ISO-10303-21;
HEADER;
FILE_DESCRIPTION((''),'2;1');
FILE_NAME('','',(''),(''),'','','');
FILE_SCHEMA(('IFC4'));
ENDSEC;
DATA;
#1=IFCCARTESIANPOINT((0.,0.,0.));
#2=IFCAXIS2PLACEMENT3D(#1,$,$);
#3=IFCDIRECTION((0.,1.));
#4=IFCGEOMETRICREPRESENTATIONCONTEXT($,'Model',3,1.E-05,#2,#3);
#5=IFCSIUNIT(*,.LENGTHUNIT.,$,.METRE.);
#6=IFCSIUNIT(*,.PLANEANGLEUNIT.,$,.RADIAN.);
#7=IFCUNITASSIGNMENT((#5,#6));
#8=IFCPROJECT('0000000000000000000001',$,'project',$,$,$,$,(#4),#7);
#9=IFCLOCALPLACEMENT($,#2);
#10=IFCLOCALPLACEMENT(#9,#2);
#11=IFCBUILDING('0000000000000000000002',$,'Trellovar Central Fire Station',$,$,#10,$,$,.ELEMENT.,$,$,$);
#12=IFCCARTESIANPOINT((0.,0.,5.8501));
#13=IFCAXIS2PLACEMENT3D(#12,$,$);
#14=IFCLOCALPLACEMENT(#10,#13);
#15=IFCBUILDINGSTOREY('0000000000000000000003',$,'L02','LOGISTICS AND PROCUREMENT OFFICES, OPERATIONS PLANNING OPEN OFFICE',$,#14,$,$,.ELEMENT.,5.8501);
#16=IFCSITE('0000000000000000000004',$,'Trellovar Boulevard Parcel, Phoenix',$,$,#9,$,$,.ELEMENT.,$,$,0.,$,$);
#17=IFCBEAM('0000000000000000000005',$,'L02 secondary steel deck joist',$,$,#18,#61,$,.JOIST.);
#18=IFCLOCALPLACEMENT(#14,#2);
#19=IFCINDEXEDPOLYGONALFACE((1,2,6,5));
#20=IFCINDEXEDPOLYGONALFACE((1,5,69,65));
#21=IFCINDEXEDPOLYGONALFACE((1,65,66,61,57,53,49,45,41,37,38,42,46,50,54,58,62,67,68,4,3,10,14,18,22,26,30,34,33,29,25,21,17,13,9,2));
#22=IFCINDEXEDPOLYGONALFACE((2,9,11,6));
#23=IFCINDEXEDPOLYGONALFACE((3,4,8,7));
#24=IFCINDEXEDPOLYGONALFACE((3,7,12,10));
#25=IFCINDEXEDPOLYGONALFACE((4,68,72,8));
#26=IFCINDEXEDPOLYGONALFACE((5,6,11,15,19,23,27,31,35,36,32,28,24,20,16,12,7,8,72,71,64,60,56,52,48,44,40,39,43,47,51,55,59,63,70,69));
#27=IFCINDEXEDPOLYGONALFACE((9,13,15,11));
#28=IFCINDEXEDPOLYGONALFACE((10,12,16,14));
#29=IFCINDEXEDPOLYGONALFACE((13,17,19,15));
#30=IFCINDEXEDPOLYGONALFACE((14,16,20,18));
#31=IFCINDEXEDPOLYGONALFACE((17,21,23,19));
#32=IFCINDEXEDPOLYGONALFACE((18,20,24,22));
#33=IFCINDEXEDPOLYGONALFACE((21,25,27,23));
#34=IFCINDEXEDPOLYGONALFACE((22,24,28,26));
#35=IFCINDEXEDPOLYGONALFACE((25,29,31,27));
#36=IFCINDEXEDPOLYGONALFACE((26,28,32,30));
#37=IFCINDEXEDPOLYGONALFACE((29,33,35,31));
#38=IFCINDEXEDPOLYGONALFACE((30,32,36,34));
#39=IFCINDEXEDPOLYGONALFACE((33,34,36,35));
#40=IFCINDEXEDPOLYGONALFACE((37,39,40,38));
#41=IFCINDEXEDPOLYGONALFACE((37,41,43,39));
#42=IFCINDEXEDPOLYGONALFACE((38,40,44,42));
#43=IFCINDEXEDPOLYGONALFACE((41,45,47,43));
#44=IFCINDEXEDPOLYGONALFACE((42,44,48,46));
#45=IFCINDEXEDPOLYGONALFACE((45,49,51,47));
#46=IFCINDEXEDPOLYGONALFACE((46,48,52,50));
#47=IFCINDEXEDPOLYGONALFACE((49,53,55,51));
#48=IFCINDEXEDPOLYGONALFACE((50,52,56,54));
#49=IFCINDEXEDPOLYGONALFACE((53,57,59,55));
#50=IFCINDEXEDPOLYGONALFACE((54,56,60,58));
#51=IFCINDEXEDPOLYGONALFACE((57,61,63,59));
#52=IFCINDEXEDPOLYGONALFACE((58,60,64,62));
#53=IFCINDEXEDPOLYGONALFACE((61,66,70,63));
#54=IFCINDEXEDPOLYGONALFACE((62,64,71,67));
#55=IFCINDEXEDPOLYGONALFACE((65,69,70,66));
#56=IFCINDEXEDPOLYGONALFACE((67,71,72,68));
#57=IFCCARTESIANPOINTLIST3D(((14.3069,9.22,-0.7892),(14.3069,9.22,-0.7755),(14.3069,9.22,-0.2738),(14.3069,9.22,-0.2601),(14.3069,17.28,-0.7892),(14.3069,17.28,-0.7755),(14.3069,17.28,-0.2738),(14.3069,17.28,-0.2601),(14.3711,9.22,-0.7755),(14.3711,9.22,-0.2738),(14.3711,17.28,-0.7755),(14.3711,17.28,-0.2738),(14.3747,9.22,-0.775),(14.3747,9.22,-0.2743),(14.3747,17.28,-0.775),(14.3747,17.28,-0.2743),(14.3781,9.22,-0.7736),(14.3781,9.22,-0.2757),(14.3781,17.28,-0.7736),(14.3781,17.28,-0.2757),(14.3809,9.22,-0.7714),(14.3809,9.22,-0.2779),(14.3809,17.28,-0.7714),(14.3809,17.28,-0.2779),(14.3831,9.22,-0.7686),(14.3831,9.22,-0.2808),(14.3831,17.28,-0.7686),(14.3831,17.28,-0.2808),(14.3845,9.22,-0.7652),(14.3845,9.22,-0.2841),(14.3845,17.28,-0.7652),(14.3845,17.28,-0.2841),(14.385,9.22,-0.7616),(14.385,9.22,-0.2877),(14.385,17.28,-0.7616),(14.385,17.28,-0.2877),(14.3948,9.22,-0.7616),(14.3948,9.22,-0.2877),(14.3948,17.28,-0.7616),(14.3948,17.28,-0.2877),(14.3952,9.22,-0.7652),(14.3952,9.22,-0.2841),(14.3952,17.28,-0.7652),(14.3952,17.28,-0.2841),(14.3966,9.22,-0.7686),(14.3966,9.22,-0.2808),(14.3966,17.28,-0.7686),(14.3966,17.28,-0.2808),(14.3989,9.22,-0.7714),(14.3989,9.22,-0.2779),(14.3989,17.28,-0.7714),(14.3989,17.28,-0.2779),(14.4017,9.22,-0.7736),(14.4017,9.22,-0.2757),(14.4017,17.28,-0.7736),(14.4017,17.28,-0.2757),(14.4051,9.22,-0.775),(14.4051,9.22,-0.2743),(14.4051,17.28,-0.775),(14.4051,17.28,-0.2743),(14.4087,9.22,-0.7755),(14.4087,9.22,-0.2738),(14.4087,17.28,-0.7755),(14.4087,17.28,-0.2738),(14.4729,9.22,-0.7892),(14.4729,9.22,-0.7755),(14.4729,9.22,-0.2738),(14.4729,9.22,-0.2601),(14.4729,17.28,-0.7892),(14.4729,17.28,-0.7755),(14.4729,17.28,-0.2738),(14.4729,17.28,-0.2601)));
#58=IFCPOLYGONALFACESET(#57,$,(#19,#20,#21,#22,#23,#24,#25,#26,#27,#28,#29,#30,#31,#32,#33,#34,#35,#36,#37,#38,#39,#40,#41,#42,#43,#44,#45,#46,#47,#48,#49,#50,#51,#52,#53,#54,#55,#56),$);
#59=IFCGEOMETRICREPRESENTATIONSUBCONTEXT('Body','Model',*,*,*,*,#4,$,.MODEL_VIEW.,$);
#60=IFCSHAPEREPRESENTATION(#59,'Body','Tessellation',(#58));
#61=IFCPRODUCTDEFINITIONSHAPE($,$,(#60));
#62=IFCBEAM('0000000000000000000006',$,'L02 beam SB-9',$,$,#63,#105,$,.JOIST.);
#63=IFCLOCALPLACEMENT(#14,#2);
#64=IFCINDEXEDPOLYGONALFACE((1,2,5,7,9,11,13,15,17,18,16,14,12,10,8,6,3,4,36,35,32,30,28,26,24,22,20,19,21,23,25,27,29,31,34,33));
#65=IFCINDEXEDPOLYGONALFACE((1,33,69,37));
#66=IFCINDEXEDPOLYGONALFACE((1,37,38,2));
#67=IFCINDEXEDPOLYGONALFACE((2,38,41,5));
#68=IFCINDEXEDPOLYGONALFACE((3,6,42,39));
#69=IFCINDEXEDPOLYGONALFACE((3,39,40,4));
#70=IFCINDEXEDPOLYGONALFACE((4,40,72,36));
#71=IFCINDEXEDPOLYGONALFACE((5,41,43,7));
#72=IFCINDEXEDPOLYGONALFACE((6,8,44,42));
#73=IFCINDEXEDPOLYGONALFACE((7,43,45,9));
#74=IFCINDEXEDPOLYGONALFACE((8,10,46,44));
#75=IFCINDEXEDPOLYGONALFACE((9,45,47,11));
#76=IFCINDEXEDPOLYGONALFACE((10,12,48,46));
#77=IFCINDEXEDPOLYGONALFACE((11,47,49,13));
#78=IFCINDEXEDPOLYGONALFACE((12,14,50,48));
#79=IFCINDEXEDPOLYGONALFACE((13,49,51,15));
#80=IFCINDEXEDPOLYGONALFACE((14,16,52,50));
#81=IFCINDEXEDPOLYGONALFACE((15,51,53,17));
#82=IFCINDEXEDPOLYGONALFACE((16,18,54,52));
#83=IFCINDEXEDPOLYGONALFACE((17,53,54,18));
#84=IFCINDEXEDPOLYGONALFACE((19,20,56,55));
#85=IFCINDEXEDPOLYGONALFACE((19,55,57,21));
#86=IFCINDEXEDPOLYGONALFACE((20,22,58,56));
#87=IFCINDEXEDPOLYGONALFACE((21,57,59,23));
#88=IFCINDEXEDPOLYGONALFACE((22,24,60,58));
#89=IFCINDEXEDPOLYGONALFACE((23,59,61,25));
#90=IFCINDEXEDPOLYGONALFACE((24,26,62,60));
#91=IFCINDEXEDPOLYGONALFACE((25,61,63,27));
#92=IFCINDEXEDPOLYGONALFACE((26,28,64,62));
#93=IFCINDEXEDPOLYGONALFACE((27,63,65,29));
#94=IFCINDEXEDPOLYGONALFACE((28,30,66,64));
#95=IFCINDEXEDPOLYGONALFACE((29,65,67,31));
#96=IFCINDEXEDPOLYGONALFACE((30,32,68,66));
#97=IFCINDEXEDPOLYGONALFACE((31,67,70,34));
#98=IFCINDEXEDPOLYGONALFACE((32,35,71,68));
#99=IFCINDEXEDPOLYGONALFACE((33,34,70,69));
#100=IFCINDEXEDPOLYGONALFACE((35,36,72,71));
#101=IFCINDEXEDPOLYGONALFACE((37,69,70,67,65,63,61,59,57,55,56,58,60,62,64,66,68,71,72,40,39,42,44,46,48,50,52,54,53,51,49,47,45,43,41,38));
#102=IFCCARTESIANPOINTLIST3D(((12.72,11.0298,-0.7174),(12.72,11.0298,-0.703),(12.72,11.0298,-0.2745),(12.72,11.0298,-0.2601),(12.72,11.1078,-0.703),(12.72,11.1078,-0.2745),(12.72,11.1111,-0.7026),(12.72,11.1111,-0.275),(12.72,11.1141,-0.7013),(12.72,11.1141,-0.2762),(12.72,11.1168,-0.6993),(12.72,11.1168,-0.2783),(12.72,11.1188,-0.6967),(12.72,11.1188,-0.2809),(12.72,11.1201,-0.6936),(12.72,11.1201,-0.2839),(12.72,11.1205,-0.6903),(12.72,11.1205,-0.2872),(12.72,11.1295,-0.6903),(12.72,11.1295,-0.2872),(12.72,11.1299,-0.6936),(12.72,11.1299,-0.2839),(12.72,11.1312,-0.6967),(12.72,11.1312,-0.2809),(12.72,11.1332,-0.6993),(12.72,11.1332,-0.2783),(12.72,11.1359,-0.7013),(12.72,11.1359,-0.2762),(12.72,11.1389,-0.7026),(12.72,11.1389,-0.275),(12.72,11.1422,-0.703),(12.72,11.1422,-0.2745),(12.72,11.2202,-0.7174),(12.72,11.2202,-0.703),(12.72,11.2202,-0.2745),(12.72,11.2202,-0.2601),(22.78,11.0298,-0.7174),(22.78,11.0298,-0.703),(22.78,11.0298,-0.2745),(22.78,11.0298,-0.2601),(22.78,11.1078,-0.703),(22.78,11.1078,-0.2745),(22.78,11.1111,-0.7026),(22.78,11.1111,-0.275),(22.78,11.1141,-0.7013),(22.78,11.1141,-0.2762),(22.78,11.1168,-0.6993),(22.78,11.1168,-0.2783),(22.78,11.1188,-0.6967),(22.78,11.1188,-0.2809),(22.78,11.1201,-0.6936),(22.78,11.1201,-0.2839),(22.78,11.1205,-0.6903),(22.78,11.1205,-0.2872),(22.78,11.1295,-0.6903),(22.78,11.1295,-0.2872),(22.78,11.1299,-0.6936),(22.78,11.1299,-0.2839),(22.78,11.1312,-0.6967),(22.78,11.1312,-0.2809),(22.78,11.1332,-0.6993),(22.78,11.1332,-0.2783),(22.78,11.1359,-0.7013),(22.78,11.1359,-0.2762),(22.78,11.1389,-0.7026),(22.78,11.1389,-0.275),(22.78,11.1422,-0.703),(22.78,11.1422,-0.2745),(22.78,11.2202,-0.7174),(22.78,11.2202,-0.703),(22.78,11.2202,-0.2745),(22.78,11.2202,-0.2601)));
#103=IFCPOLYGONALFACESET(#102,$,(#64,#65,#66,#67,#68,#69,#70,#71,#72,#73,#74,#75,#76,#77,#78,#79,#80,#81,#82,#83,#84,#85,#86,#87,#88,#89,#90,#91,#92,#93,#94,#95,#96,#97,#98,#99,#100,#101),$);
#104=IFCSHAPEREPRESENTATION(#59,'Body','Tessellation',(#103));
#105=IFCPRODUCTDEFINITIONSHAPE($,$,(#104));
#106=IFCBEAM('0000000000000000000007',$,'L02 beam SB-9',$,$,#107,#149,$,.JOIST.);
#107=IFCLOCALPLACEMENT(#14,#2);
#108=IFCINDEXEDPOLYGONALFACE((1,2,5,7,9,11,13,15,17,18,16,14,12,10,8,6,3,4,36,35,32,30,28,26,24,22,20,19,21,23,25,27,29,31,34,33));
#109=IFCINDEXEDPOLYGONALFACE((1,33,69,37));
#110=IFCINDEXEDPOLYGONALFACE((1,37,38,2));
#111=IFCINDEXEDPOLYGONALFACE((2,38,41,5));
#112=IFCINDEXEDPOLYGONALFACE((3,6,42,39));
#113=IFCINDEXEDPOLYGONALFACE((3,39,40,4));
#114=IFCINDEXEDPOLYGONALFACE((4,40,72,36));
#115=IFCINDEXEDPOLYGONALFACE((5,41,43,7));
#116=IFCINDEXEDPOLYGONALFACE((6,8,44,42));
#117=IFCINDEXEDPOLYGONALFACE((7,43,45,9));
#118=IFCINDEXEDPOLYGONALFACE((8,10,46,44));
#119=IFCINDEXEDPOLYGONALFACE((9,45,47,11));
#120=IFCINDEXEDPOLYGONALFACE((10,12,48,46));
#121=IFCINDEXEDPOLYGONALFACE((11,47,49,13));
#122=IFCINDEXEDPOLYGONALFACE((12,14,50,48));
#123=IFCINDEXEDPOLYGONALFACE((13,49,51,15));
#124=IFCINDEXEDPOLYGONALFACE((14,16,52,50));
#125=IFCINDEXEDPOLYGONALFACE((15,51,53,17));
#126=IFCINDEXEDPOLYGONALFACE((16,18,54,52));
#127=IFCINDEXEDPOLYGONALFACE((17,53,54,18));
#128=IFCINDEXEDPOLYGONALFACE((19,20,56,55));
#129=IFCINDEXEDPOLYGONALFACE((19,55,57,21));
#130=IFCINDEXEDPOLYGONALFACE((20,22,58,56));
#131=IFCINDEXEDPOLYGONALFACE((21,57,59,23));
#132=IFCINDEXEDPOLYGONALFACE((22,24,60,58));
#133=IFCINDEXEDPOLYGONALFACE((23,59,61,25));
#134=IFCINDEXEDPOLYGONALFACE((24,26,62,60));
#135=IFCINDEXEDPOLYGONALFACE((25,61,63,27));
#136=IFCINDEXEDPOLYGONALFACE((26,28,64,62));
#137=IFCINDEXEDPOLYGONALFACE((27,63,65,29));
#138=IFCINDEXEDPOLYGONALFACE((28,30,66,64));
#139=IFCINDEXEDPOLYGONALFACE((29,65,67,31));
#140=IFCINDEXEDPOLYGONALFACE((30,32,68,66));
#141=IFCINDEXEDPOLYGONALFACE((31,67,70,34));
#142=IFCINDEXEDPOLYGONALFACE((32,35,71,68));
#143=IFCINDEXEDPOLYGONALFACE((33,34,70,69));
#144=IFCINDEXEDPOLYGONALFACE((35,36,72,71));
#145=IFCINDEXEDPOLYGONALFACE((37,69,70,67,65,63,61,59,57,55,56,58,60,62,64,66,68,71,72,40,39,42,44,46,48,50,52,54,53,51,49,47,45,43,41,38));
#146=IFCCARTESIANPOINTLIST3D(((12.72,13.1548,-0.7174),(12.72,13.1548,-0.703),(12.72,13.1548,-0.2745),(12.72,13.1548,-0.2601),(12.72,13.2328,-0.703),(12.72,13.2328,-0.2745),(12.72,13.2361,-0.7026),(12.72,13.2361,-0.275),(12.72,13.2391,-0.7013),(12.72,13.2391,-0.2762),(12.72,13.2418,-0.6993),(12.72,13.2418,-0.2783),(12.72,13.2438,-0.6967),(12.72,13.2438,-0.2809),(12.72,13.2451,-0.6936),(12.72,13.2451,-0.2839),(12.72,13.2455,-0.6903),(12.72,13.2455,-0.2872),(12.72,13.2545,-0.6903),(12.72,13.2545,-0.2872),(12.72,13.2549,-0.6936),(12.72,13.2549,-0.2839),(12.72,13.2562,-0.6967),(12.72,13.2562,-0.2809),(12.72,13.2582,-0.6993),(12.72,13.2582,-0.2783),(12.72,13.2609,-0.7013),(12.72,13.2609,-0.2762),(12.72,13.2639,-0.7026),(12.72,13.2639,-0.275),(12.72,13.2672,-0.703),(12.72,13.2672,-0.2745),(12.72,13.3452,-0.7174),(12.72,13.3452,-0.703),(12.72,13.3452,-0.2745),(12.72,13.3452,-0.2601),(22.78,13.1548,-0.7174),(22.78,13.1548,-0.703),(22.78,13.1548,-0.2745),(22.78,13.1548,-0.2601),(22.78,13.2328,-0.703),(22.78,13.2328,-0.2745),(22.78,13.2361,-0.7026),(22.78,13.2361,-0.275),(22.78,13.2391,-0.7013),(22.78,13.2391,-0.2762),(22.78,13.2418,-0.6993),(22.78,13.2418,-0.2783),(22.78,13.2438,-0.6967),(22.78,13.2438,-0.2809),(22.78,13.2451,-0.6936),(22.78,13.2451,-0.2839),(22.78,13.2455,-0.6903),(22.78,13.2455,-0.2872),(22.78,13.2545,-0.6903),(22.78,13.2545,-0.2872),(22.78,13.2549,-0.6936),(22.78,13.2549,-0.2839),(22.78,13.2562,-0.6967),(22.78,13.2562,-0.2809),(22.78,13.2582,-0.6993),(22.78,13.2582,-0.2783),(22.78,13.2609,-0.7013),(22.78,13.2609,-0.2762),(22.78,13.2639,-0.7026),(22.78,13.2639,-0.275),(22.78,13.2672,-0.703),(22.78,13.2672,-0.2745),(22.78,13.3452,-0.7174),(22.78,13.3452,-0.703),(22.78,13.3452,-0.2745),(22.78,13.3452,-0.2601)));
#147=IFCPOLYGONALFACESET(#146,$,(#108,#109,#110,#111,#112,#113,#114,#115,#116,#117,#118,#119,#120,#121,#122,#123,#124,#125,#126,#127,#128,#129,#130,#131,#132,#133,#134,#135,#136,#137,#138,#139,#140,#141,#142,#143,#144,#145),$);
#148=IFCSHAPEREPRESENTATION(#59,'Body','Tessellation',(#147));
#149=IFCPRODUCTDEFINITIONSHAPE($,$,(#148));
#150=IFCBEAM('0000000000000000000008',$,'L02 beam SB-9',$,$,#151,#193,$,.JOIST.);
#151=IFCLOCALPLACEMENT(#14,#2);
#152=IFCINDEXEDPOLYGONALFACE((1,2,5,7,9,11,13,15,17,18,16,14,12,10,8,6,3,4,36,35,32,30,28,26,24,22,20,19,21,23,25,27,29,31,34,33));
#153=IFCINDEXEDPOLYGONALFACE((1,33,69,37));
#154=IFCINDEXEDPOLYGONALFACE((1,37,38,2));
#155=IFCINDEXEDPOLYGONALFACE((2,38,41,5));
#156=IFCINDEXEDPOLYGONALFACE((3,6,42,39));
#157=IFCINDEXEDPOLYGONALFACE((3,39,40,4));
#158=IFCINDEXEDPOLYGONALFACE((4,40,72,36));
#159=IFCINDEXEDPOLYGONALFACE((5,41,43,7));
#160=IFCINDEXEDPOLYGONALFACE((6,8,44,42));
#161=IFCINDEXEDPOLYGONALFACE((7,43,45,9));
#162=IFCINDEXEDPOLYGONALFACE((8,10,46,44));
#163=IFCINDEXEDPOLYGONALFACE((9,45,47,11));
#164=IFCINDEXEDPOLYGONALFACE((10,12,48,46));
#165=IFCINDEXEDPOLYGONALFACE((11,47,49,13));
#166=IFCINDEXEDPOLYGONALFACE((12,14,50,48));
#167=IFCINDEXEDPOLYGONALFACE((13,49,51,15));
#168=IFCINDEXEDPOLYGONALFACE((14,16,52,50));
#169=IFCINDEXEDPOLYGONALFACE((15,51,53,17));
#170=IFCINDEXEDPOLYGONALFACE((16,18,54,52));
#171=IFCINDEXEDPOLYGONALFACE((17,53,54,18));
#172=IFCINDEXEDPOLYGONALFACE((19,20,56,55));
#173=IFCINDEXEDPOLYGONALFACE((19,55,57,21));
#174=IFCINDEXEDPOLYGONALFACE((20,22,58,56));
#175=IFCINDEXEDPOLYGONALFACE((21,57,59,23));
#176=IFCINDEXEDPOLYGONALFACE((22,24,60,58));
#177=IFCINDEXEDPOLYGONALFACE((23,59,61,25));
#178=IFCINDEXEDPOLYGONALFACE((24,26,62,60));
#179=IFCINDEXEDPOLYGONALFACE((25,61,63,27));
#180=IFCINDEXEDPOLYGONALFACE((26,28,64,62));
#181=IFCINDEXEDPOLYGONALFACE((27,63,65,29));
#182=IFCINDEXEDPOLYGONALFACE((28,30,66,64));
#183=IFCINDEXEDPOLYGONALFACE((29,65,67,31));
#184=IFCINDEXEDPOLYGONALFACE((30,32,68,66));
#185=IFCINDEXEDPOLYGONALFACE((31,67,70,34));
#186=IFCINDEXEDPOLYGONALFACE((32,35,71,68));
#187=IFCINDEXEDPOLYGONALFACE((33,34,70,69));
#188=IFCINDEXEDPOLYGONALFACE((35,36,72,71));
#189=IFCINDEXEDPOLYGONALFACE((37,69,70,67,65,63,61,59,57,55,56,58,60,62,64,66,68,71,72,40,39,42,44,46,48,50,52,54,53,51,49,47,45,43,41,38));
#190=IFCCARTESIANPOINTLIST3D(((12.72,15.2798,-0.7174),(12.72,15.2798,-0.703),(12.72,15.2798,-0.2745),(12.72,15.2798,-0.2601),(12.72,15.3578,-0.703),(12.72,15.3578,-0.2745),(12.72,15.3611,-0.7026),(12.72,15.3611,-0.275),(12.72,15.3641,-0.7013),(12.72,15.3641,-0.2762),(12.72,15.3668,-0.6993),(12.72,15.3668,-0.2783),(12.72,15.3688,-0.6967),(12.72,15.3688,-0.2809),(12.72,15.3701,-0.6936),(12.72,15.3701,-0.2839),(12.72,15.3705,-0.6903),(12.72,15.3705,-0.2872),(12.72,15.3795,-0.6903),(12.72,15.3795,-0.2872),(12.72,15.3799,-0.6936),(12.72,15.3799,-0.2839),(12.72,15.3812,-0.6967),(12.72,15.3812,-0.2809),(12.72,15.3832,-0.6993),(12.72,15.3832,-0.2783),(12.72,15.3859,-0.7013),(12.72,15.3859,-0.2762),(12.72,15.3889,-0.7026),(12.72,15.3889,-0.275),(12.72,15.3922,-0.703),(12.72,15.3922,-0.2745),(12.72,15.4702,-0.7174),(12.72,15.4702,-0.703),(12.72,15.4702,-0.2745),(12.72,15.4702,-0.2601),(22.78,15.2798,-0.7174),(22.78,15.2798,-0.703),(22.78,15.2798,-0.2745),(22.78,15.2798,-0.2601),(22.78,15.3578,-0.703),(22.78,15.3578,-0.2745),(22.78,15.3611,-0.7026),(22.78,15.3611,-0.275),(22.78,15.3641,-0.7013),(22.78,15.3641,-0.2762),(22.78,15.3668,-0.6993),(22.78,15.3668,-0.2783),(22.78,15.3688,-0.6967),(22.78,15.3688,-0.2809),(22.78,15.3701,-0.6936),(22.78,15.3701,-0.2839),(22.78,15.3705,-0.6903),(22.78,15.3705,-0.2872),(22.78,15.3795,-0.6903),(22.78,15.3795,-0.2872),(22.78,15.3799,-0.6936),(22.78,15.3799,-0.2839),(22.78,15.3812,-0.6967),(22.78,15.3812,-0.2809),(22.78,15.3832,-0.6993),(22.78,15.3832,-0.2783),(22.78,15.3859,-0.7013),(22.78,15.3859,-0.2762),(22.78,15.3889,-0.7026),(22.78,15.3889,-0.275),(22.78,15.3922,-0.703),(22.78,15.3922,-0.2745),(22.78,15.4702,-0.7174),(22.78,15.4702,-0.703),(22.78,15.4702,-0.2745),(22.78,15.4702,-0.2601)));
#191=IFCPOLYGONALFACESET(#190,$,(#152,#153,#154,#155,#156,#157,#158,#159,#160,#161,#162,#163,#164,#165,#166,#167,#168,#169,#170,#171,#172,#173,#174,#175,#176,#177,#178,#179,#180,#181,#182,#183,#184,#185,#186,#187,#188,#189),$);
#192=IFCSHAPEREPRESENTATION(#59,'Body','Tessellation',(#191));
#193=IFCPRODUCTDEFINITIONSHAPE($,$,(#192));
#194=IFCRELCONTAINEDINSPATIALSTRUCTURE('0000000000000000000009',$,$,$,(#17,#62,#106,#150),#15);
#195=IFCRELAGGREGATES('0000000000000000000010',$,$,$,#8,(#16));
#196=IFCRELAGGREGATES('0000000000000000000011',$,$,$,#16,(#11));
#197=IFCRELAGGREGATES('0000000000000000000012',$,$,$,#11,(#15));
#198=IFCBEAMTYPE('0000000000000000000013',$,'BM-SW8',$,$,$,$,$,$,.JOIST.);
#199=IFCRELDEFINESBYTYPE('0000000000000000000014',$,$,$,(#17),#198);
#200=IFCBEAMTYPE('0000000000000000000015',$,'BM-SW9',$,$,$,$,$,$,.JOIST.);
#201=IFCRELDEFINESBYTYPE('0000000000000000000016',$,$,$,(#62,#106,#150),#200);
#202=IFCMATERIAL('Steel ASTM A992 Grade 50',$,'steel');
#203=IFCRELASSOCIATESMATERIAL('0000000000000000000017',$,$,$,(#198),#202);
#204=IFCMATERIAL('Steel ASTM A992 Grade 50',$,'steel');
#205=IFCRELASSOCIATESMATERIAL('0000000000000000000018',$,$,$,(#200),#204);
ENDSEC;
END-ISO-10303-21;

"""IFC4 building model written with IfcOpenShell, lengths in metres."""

from ifc_helpers import new_model, si_unit, direction, frame, origin, origin_2d, place, context, subcontext, project, spatial, i_section, extrude, material, material_profile, profile_set, type_object, element, save


model = new_model("IFC4")

# Units and contexts
model_context = context("Model", 3, precision=1e-05, world=origin(), true_north=direction((0.0, 1.0)))
body_context = subcontext(model_context, "Body", "Model", "MODEL_VIEW")
ifc_project = project(units=[si_unit("LENGTHUNIT", "METRE"), si_unit("PLANEANGLEUNIT", "RADIAN")], contexts=[model_context])

# Site, building, storey
site_placement = place(None, origin())
site = spatial("IfcSite", under=ifc_project, at=site_placement, Name="Trellovar Boulevard Parcel, Phoenix", CompositionType="ELEMENT", RefElevation=0.0)
building_placement = place(site_placement, origin())
building = spatial("IfcBuilding", under=site, at=building_placement, Name="Trellovar Central Fire Station", CompositionType="ELEMENT")
storey_placement = place(building_placement, frame((0.0, 0.0, 5.8501)))
storey = spatial("IfcBuildingStorey", under=building, at=storey_placement, Name="L02", Description="LOGISTICS AND PROCUREMENT OFFICES, OPERATIONS PLANNING OPEN OFFICE", CompositionType="ELEMENT", Elevation=5.8501)

# Beams
ifc_material_1 = material(Name="Steel ASTM A992 Grade 50", Category="steel")
ifc_material_profile_1 = material_profile(ifc_material_1, i_section(OverallWidth=0.166, OverallDepth=0.5291, WebThickness=0.0098, FlangeThickness=0.0137, FilletRadius=0.0139, at=origin_2d()), Name="W21X50")
ifc_profile_set_1 = profile_set([ifc_material_profile_1], Name="Steel ASTM A992 Grade 50")
beam_type_1 = type_object("IfcBeamType", Name="BM-SW8", PredefinedType="JOIST", material=ifc_profile_set_1)
beam_1_placement = place(storey_placement, frame((14.3899, 9.22, -0.5247), z_axis=(0.0, 1.0, 0.0), x_axis=(-1.0, 0.0, 0.0)))
element("IfcBeam", 1, at=beam_1_placement, inside=storey, type_object=beam_type_1, Name="L02 secondary steel deck joist", PredefinedType="JOIST", context=body_context, shape_type="SweptSolid", body=[
    extrude(i_section(OverallWidth=0.166, OverallDepth=0.5291, WebThickness=0.0098, FlangeThickness=0.0137, FilletRadius=0.0139, at=origin_2d()), origin(), (0.0, 0.0, 1.0), 8.0601),
])
ifc_material_2 = material(Name="Steel ASTM A992 Grade 50", Category="steel")
ifc_material_profile_2 = material_profile(ifc_material_2, i_section(OverallWidth=0.1904, OverallDepth=0.4573, WebThickness=0.009, FlangeThickness=0.0144, FilletRadius=0.0127, at=origin_2d()), Name="W18X50")
ifc_profile_set_2 = profile_set([ifc_material_profile_2], Name="Steel ASTM A992 Grade 50")
beam_type_2 = type_object("IfcBeamType", Name="BM-SW9", PredefinedType="JOIST", material=ifc_profile_set_2)
for number, where, z_axis, x_axis, name in (
    (2, (12.72, 11.125, -0.4888), (1.0, 0.0, 0.0), (0.0, 1.0, 0.0), "L02 beam SB-9"),
    (3, (12.72, 13.25, -0.4888), (1.0, 0.0, 0.0), (0.0, 1.0, 0.0), "L02 beam SB-9"),
    (4, (12.72, 15.375, -0.4888), (1.0, 0.0, 0.0), (0.0, 1.0, 0.0), "L02 beam SB-9"),
):
    element("IfcBeam", number, at=place(storey_placement, frame(where, z_axis=z_axis, x_axis=x_axis)), inside=storey, type_object=beam_type_2, Name=name, PredefinedType="JOIST", context=body_context, shape_type="SweptSolid", body=[
        extrude(i_section(OverallWidth=0.1904, OverallDepth=0.4573, WebThickness=0.009, FlangeThickness=0.0144, FilletRadius=0.0127, at=origin_2d()), origin(), (0.0, 0.0, 1.0), 10.0601),
    ])

save(model, "model.ifc")
